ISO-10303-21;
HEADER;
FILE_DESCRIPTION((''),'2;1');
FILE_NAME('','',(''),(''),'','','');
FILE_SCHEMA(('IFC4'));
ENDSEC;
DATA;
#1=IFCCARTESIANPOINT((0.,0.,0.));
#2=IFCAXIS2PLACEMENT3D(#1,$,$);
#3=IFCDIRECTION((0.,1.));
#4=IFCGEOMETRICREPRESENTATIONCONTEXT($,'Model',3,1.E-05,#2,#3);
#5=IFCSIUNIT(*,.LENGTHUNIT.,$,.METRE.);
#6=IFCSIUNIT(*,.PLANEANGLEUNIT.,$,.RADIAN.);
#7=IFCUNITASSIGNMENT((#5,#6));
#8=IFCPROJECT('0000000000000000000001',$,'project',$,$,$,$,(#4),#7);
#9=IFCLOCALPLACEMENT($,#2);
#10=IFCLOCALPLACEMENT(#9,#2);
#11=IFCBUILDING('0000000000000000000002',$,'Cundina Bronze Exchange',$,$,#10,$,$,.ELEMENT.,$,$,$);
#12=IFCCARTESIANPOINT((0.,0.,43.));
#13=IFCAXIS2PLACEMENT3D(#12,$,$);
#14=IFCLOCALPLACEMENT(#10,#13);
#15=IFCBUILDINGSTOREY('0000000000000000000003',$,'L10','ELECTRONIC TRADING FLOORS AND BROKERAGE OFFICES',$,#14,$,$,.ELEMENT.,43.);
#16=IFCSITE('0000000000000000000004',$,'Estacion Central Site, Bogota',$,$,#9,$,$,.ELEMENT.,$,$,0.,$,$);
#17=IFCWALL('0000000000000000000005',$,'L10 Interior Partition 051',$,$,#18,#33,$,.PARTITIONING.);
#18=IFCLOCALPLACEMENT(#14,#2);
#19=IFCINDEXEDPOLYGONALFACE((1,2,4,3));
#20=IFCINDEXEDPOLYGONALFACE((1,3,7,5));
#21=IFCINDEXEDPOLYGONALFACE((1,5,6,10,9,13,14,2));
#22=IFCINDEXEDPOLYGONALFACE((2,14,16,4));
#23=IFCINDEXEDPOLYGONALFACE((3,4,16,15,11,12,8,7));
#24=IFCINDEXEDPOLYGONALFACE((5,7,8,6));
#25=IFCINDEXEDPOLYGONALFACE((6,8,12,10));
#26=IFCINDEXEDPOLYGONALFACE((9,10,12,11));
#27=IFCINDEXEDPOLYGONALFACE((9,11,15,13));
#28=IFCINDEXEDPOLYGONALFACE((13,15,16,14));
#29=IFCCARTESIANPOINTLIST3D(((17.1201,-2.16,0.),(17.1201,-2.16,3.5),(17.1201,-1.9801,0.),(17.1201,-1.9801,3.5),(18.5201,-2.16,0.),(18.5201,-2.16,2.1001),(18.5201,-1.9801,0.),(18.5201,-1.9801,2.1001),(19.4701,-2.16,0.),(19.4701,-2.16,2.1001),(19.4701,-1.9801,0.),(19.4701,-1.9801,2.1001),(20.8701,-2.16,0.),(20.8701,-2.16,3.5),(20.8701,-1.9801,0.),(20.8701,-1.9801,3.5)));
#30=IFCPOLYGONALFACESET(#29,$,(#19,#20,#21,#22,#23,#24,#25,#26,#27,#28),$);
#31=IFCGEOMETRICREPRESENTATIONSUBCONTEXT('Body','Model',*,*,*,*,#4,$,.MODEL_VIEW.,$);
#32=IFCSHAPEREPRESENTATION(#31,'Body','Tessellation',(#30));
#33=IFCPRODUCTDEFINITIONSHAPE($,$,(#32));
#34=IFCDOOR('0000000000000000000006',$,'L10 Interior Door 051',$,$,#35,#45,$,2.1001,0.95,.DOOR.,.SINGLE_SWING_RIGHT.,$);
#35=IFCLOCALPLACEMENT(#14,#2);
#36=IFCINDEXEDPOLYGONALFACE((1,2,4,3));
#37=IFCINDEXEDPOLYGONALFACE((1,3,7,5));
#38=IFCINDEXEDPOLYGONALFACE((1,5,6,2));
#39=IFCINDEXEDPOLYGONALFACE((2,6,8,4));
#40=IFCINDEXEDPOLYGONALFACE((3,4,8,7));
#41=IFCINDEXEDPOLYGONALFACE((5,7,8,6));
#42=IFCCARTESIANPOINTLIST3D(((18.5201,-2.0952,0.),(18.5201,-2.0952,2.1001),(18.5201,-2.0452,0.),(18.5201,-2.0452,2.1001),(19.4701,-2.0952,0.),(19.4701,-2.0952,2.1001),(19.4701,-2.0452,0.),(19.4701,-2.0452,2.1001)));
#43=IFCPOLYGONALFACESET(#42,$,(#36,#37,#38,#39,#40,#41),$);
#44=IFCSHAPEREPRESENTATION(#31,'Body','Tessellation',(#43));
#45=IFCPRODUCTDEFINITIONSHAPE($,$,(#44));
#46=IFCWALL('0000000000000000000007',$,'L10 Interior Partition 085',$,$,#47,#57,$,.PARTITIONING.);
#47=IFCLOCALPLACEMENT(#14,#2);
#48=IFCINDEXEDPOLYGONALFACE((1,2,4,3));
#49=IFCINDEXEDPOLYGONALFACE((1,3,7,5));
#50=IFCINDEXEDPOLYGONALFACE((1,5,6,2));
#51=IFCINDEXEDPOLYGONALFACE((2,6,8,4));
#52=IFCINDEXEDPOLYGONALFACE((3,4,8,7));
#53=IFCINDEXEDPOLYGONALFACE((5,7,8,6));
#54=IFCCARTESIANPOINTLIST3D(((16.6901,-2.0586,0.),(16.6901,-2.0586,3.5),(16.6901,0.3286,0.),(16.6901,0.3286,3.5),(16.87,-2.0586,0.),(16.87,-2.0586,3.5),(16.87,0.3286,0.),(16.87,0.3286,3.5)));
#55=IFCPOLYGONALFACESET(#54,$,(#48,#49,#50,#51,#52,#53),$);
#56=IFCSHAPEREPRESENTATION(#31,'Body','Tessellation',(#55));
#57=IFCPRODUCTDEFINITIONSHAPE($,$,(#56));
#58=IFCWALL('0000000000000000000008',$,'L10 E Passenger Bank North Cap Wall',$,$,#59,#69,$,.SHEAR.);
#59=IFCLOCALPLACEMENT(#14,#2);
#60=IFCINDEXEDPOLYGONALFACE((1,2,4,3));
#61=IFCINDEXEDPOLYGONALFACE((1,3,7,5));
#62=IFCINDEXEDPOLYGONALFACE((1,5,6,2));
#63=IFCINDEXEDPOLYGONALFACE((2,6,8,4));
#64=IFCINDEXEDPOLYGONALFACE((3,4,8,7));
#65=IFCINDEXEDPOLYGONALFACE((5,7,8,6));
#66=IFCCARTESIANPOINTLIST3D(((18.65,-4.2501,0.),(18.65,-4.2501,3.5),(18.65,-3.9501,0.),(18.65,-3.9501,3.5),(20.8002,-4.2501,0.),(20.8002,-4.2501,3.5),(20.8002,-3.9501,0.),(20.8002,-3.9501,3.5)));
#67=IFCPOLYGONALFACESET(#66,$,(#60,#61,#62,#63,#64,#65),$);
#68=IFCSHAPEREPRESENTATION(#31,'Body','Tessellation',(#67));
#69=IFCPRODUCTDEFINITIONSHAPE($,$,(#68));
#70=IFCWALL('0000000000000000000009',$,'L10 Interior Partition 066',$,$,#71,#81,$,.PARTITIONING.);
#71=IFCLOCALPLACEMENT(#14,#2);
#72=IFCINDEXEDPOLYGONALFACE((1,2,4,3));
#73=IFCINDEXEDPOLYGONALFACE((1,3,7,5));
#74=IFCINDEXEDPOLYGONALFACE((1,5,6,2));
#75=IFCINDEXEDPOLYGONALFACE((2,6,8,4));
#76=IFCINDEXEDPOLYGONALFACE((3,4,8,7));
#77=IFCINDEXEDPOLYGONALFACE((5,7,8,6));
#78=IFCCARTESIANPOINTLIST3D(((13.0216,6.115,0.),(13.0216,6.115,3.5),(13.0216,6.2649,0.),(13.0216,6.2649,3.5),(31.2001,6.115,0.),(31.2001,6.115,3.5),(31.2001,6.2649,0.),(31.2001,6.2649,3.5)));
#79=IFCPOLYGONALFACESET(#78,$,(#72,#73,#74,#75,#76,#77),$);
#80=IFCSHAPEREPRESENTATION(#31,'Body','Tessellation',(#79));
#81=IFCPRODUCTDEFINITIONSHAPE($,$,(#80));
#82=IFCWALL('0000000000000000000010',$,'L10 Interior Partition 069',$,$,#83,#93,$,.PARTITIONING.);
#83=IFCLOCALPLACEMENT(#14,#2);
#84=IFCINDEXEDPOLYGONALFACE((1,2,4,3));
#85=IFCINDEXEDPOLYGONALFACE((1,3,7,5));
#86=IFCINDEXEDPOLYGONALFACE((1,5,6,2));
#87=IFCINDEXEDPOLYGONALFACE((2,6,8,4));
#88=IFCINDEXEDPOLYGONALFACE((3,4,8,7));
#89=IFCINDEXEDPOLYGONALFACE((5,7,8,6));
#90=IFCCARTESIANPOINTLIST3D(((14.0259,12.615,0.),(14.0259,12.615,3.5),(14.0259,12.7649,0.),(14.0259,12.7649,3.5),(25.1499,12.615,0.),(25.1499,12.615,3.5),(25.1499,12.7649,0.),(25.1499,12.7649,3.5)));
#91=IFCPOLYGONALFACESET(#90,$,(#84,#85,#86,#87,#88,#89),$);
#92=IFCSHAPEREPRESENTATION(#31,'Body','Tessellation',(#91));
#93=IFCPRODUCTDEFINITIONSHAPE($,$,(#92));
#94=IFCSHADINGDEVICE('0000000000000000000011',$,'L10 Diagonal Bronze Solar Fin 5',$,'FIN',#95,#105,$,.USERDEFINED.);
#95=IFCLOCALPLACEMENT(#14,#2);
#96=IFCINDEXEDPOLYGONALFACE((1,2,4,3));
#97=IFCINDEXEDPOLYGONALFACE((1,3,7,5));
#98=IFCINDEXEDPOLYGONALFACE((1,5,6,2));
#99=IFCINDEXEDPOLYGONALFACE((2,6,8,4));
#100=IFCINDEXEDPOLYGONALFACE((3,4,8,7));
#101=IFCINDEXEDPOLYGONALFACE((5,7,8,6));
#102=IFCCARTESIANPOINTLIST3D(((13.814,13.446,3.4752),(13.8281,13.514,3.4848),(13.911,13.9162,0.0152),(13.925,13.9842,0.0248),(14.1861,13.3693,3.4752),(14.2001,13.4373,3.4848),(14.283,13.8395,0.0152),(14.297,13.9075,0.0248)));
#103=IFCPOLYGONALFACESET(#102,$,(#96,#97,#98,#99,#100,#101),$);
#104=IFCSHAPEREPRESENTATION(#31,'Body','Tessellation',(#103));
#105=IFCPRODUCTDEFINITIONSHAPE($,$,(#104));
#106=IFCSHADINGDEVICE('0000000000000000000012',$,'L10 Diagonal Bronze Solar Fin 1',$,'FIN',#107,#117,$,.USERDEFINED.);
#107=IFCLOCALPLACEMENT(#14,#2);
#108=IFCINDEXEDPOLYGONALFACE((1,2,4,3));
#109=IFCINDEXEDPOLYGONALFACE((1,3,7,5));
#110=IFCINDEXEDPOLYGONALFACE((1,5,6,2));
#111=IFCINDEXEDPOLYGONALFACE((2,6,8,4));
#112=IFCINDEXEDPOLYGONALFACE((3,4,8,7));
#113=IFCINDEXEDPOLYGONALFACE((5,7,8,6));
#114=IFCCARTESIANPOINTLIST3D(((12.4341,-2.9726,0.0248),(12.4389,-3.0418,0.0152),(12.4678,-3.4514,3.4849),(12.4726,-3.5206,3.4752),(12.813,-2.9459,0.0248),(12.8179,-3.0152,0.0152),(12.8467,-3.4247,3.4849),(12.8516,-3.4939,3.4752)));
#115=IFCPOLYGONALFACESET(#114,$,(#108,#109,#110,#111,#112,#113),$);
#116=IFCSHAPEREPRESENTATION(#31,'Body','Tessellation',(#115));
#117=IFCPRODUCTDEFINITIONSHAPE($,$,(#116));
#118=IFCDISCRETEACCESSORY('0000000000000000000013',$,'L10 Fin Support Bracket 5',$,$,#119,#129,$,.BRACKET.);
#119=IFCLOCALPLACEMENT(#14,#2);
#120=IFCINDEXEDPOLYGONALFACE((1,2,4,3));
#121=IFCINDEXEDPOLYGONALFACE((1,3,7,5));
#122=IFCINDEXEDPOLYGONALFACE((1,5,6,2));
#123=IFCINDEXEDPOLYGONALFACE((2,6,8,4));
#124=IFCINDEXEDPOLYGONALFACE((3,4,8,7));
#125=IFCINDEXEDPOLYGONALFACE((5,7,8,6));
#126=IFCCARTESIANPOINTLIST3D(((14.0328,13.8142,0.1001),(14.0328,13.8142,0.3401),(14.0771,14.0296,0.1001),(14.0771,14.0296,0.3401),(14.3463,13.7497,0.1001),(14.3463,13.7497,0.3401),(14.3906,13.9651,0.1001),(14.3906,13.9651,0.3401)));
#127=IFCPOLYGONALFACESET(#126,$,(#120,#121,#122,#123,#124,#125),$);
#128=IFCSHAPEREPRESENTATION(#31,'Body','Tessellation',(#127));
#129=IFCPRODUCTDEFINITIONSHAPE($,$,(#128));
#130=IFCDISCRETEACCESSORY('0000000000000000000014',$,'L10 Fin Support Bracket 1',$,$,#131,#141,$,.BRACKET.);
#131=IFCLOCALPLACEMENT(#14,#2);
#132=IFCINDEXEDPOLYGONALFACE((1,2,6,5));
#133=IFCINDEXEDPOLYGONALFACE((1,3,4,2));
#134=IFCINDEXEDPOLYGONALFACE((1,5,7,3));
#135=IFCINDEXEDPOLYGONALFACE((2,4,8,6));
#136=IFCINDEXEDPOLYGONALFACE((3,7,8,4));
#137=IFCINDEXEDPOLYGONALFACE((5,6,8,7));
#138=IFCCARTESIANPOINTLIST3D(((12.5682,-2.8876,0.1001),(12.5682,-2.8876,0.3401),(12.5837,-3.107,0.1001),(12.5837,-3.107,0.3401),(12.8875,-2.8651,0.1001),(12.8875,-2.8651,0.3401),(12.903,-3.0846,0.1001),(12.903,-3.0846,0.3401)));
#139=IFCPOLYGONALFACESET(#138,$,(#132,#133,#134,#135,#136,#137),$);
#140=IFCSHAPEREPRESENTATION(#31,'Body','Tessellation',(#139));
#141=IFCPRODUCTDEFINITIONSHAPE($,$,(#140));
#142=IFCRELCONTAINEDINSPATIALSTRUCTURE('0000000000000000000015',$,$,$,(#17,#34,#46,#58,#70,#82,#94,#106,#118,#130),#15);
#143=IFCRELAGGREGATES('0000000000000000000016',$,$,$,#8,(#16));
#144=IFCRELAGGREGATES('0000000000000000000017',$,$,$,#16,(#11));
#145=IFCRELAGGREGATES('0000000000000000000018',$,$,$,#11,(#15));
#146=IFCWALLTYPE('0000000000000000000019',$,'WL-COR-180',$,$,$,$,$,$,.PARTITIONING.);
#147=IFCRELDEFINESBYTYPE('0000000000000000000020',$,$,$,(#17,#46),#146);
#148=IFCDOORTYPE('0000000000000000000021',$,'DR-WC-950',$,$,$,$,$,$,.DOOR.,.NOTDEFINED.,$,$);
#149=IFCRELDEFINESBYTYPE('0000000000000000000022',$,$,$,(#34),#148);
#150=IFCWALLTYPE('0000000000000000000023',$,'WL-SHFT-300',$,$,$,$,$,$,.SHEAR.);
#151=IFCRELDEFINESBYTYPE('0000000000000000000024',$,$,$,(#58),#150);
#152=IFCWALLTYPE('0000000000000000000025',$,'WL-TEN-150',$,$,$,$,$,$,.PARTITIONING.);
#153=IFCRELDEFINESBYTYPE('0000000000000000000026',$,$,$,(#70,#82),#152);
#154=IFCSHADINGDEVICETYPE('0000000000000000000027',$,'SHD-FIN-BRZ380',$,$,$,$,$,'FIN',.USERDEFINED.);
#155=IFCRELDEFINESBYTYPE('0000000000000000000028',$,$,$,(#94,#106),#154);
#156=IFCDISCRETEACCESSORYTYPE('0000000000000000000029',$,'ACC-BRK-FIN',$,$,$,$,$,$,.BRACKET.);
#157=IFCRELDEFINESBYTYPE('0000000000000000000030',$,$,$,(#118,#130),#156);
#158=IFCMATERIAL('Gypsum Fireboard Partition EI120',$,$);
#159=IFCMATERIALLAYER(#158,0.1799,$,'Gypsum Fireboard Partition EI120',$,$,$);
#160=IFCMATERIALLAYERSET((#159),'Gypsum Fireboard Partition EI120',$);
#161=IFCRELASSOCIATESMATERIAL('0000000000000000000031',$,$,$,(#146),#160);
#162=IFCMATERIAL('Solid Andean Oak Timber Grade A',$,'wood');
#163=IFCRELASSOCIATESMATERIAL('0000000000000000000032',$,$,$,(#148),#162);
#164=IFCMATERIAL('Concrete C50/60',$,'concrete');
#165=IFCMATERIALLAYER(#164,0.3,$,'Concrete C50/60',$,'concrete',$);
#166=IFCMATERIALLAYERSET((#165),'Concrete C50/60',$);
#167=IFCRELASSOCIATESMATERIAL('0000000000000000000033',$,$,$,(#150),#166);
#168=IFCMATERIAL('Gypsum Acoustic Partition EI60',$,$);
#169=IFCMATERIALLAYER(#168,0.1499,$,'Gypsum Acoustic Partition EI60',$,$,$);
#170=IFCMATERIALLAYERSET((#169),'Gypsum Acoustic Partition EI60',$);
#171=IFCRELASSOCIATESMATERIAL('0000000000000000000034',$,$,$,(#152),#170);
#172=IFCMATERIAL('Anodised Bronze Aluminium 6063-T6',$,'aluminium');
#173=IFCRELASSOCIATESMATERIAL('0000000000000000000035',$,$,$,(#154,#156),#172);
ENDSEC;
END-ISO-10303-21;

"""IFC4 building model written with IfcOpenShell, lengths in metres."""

from ifc_helpers import new_model, si_unit, direction, frame, frame_2d, origin, origin_2d, place, context, subcontext, project, spatial, rectangle, extrude, material, layer, layer_set, material_profile, profile_set, type_object, element, fill, save


model = new_model("IFC4")

# Units and contexts
model_context = context("Model", 3, precision=1e-05, world=origin(), true_north=direction((0.0, 1.0)))
body_context = subcontext(model_context, "Body", "Model", "MODEL_VIEW")
ifc_project = project(units=[si_unit("LENGTHUNIT", "METRE"), si_unit("PLANEANGLEUNIT", "RADIAN")], contexts=[model_context])

# Site, building, storey
site_placement = place(None, origin())
site = spatial("IfcSite", under=ifc_project, at=site_placement, Name="Estacion Central Site, Bogota", CompositionType="ELEMENT", RefElevation=0.0)
building_placement = place(site_placement, origin())
building = spatial("IfcBuilding", under=site, at=building_placement, Name="Cundina Bronze Exchange", CompositionType="ELEMENT")
storey_placement = place(building_placement, frame((0.0, 0.0, 43.0)))
storey = spatial("IfcBuildingStorey", under=building, at=storey_placement, Name="L10", Description="ELECTRONIC TRADING FLOORS AND BROKERAGE OFFICES", CompositionType="ELEMENT", Elevation=43.0)

# Shared definitions
ifc_material_1 = material(Name="Anodised Bronze Aluminium 6063-T6", Category="aluminium")

# Wall, opening, door
ifc_material_2 = material(Name="Gypsum Fireboard Partition EI120")
ifc_layer_1 = layer(ifc_material_2, 0.1799, Name="Gypsum Fireboard Partition EI120")
ifc_layer_set_1 = layer_set([ifc_layer_1], Name="Gypsum Fireboard Partition EI120")
wall_type_1 = type_object("IfcWallType", Name="WL-COR-180", PredefinedType="PARTITIONING", material=ifc_layer_set_1)
wall_1_placement = place(storey_placement, frame((17.1201, -2.0701, 0.0), z_axis=(0.0, 0.0, 1.0), x_axis=(1.0, 0.0, 0.0)))
wall_1 = element("IfcWall", 1, at=wall_1_placement, inside=storey, type_object=wall_type_1, Name="L10 Interior Partition 051", PredefinedType="PARTITIONING", context=body_context, shape_type="SweptSolid", body=[
    extrude(rectangle(XDim=3.75, YDim=0.1799, at=frame_2d((1.875, 0.0))), origin(), (0.0, 0.0, 1.0), 3.5),
])
opening_placement = place(wall_1_placement, frame((1.3999, 0.0, 0.0)))
opening = element("IfcOpeningElement", 2, at=opening_placement, cuts=wall_1, PredefinedType="OPENING", context=body_context, shape_type="SweptSolid", body=[
    extrude(rectangle(XDim=0.95, YDim=2.1001, at=frame_2d((0.4751, 1.05))), frame((0.0, 0.0999, 0.0), z_axis=(0.0, -1.0, 0.0), x_axis=(1.0, 0.0, 0.0)), (0.0, 0.0, 1.0), 0.2),
])
ifc_material_3 = material(Name="Solid Andean Oak Timber Grade A", Category="wood")
door_type = type_object("IfcDoorType", Name="DR-WC-950", OperationType="NOTDEFINED", PredefinedType="DOOR", material=ifc_material_3)
door_placement = place(opening_placement, origin())
door = element("IfcDoor", 3, at=door_placement, inside=storey, type_object=door_type, Name="L10 Interior Door 051", OperationType="SINGLE_SWING_RIGHT", OverallHeight=2.1001, OverallWidth=0.95, PredefinedType="DOOR", context=body_context, shape_type="SweptSolid", body=[
    extrude(rectangle(XDim=0.95, YDim=2.1001, at=frame_2d((0.4751, 1.05))), frame((0.0, 0.0249, 0.0), z_axis=(0.0, -1.0, 0.0), x_axis=(1.0, 0.0, 0.0)), (0.0, 0.0, 1.0), 0.05),
])
fill(opening, door)

# Walls
wall_2_placement = place(storey_placement, frame((16.78, 0.3286, 0.0), z_axis=(0.0, 0.0, 1.0), x_axis=(0.0, -1.0, 0.0)))
element("IfcWall", 4, at=wall_2_placement, inside=storey, type_object=wall_type_1, Name="L10 Interior Partition 085", PredefinedType="PARTITIONING", context=body_context, shape_type="SweptSolid", body=[
    extrude(rectangle(XDim=2.3872, YDim=0.1799, at=frame_2d((1.1936, 0.0))), origin(), (0.0, 0.0, 1.0), 3.5),
])
ifc_material_4 = material(Name="Concrete C50/60", Category="concrete")
ifc_layer_2 = layer(ifc_material_4, 0.3, Name="Concrete C50/60", Category="concrete")
ifc_layer_set_2 = layer_set([ifc_layer_2], Name="Concrete C50/60")
wall_type_2 = type_object("IfcWallType", Name="WL-SHFT-300", PredefinedType="SHEAR", material=ifc_layer_set_2)
wall_3_placement = place(storey_placement, frame((18.6499, -4.1001, 0.0), z_axis=(0.0, 0.0, 1.0), x_axis=(1.0, 0.0, 0.0)))
element("IfcWall", 5, at=wall_3_placement, inside=storey, type_object=wall_type_2, Name="L10 E Passenger Bank North Cap Wall", PredefinedType="SHEAR", context=body_context, shape_type="SweptSolid", body=[
    extrude(rectangle(XDim=2.1501, YDim=0.3, at=frame_2d((1.0752, 0.0))), origin(), (0.0, 0.0, 1.0), 3.5),
])
ifc_material_5 = material(Name="Gypsum Acoustic Partition EI60")
ifc_layer_3 = layer(ifc_material_5, 0.1499, Name="Gypsum Acoustic Partition EI60")
ifc_layer_set_3 = layer_set([ifc_layer_3], Name="Gypsum Acoustic Partition EI60")
wall_type_3 = type_object("IfcWallType", Name="WL-TEN-150", PredefinedType="PARTITIONING", material=ifc_layer_set_3)
wall_4_placement = place(storey_placement, frame((13.0215, 6.1899, 0.0), z_axis=(0.0, 0.0, 1.0), x_axis=(1.0, 0.0, 0.0)))
element("IfcWall", 6, at=wall_4_placement, inside=storey, type_object=wall_type_3, Name="L10 Interior Partition 066", PredefinedType="PARTITIONING", context=body_context, shape_type="SweptSolid", body=[
    extrude(rectangle(XDim=18.1785, YDim=0.1499, at=frame_2d((9.0894, 0.0))), origin(), (0.0, 0.0, 1.0), 3.5),
])
wall_5_placement = place(storey_placement, frame((14.0259, 12.6899, 0.0), z_axis=(0.0, 0.0, 1.0), x_axis=(1.0, 0.0, 0.0)))
element("IfcWall", 7, at=wall_5_placement, inside=storey, type_object=wall_type_3, Name="L10 Interior Partition 069", PredefinedType="PARTITIONING", context=body_context, shape_type="SweptSolid", body=[
    extrude(rectangle(XDim=11.124, YDim=0.1499, at=frame_2d((5.562, 0.0))), origin(), (0.0, 0.0, 1.0), 3.5),
])

# Shading devices
ifc_material_profile_1 = material_profile(ifc_material_1, rectangle(XDim=0.0701, YDim=0.3799, at=origin_2d()), Name="FIN70X380", Category="aluminium")
ifc_profile_set_1 = profile_set([ifc_material_profile_1], Name="Anodised Bronze Aluminium 6063-T6")
shading_device_type = type_object("IfcShadingDeviceType", Name="SHD-FIN-BRZ380", ElementType="FIN", PredefinedType="USERDEFINED", material=ifc_profile_set_1)
for number, where, z_axis, x_axis, name in (
    (8, (14.104, 13.9119, 0.02), (-0.027747, -0.134612, 0.99051), (0.199967, 0.970115, 0.137442), "L10 Diagonal Bronze Solar Fin 5"),
    (9, (12.626, -2.9939, 0.02), (0.009645, -0.137059, 0.990516), (-0.069533, 0.988072, 0.137398), "L10 Diagonal Bronze Solar Fin 1"),
):
    element("IfcShadingDevice", number, at=place(storey_placement, frame(where, z_axis=z_axis, x_axis=x_axis)), inside=storey, type_object=shading_device_type, Name=name, ObjectType="FIN", PredefinedType="USERDEFINED", context=body_context, shape_type="SweptSolid", body=[
        extrude(rectangle(XDim=0.0701, YDim=0.3799, at=origin_2d()), origin(), (0.0, 0.0, 1.0), 3.4932),
    ])

# Discrete accessories
discrete_accessory_type = type_object("IfcDiscreteAccessoryType", Name="ACC-BRK-FIN", PredefinedType="BRACKET", material=ifc_material_1)
for number, where, z_axis, x_axis, name in (
    (10, (14.2117, 13.8896, 0.1001), (0.0, 0.0, 1.0), (-0.20142, -0.979505, 0.0), "L10 Fin Support Bracket 5"),
    (11, (12.7356, -2.9861, 0.1001), (0.0, 0.0, 1.0), (0.070279, -0.997527, 0.0), "L10 Fin Support Bracket 1"),
):
    element("IfcDiscreteAccessory", number, at=place(storey_placement, frame(where, z_axis=z_axis, x_axis=x_axis)), inside=storey, type_object=discrete_accessory_type, Name=name, PredefinedType="BRACKET", context=body_context, shape_type="SweptSolid", body=[
        extrude(rectangle(XDim=0.22, YDim=0.3201, at=origin_2d()), origin(), (0.0, 0.0, 1.0), 0.24),
    ])

save(model, "model.ifc")
